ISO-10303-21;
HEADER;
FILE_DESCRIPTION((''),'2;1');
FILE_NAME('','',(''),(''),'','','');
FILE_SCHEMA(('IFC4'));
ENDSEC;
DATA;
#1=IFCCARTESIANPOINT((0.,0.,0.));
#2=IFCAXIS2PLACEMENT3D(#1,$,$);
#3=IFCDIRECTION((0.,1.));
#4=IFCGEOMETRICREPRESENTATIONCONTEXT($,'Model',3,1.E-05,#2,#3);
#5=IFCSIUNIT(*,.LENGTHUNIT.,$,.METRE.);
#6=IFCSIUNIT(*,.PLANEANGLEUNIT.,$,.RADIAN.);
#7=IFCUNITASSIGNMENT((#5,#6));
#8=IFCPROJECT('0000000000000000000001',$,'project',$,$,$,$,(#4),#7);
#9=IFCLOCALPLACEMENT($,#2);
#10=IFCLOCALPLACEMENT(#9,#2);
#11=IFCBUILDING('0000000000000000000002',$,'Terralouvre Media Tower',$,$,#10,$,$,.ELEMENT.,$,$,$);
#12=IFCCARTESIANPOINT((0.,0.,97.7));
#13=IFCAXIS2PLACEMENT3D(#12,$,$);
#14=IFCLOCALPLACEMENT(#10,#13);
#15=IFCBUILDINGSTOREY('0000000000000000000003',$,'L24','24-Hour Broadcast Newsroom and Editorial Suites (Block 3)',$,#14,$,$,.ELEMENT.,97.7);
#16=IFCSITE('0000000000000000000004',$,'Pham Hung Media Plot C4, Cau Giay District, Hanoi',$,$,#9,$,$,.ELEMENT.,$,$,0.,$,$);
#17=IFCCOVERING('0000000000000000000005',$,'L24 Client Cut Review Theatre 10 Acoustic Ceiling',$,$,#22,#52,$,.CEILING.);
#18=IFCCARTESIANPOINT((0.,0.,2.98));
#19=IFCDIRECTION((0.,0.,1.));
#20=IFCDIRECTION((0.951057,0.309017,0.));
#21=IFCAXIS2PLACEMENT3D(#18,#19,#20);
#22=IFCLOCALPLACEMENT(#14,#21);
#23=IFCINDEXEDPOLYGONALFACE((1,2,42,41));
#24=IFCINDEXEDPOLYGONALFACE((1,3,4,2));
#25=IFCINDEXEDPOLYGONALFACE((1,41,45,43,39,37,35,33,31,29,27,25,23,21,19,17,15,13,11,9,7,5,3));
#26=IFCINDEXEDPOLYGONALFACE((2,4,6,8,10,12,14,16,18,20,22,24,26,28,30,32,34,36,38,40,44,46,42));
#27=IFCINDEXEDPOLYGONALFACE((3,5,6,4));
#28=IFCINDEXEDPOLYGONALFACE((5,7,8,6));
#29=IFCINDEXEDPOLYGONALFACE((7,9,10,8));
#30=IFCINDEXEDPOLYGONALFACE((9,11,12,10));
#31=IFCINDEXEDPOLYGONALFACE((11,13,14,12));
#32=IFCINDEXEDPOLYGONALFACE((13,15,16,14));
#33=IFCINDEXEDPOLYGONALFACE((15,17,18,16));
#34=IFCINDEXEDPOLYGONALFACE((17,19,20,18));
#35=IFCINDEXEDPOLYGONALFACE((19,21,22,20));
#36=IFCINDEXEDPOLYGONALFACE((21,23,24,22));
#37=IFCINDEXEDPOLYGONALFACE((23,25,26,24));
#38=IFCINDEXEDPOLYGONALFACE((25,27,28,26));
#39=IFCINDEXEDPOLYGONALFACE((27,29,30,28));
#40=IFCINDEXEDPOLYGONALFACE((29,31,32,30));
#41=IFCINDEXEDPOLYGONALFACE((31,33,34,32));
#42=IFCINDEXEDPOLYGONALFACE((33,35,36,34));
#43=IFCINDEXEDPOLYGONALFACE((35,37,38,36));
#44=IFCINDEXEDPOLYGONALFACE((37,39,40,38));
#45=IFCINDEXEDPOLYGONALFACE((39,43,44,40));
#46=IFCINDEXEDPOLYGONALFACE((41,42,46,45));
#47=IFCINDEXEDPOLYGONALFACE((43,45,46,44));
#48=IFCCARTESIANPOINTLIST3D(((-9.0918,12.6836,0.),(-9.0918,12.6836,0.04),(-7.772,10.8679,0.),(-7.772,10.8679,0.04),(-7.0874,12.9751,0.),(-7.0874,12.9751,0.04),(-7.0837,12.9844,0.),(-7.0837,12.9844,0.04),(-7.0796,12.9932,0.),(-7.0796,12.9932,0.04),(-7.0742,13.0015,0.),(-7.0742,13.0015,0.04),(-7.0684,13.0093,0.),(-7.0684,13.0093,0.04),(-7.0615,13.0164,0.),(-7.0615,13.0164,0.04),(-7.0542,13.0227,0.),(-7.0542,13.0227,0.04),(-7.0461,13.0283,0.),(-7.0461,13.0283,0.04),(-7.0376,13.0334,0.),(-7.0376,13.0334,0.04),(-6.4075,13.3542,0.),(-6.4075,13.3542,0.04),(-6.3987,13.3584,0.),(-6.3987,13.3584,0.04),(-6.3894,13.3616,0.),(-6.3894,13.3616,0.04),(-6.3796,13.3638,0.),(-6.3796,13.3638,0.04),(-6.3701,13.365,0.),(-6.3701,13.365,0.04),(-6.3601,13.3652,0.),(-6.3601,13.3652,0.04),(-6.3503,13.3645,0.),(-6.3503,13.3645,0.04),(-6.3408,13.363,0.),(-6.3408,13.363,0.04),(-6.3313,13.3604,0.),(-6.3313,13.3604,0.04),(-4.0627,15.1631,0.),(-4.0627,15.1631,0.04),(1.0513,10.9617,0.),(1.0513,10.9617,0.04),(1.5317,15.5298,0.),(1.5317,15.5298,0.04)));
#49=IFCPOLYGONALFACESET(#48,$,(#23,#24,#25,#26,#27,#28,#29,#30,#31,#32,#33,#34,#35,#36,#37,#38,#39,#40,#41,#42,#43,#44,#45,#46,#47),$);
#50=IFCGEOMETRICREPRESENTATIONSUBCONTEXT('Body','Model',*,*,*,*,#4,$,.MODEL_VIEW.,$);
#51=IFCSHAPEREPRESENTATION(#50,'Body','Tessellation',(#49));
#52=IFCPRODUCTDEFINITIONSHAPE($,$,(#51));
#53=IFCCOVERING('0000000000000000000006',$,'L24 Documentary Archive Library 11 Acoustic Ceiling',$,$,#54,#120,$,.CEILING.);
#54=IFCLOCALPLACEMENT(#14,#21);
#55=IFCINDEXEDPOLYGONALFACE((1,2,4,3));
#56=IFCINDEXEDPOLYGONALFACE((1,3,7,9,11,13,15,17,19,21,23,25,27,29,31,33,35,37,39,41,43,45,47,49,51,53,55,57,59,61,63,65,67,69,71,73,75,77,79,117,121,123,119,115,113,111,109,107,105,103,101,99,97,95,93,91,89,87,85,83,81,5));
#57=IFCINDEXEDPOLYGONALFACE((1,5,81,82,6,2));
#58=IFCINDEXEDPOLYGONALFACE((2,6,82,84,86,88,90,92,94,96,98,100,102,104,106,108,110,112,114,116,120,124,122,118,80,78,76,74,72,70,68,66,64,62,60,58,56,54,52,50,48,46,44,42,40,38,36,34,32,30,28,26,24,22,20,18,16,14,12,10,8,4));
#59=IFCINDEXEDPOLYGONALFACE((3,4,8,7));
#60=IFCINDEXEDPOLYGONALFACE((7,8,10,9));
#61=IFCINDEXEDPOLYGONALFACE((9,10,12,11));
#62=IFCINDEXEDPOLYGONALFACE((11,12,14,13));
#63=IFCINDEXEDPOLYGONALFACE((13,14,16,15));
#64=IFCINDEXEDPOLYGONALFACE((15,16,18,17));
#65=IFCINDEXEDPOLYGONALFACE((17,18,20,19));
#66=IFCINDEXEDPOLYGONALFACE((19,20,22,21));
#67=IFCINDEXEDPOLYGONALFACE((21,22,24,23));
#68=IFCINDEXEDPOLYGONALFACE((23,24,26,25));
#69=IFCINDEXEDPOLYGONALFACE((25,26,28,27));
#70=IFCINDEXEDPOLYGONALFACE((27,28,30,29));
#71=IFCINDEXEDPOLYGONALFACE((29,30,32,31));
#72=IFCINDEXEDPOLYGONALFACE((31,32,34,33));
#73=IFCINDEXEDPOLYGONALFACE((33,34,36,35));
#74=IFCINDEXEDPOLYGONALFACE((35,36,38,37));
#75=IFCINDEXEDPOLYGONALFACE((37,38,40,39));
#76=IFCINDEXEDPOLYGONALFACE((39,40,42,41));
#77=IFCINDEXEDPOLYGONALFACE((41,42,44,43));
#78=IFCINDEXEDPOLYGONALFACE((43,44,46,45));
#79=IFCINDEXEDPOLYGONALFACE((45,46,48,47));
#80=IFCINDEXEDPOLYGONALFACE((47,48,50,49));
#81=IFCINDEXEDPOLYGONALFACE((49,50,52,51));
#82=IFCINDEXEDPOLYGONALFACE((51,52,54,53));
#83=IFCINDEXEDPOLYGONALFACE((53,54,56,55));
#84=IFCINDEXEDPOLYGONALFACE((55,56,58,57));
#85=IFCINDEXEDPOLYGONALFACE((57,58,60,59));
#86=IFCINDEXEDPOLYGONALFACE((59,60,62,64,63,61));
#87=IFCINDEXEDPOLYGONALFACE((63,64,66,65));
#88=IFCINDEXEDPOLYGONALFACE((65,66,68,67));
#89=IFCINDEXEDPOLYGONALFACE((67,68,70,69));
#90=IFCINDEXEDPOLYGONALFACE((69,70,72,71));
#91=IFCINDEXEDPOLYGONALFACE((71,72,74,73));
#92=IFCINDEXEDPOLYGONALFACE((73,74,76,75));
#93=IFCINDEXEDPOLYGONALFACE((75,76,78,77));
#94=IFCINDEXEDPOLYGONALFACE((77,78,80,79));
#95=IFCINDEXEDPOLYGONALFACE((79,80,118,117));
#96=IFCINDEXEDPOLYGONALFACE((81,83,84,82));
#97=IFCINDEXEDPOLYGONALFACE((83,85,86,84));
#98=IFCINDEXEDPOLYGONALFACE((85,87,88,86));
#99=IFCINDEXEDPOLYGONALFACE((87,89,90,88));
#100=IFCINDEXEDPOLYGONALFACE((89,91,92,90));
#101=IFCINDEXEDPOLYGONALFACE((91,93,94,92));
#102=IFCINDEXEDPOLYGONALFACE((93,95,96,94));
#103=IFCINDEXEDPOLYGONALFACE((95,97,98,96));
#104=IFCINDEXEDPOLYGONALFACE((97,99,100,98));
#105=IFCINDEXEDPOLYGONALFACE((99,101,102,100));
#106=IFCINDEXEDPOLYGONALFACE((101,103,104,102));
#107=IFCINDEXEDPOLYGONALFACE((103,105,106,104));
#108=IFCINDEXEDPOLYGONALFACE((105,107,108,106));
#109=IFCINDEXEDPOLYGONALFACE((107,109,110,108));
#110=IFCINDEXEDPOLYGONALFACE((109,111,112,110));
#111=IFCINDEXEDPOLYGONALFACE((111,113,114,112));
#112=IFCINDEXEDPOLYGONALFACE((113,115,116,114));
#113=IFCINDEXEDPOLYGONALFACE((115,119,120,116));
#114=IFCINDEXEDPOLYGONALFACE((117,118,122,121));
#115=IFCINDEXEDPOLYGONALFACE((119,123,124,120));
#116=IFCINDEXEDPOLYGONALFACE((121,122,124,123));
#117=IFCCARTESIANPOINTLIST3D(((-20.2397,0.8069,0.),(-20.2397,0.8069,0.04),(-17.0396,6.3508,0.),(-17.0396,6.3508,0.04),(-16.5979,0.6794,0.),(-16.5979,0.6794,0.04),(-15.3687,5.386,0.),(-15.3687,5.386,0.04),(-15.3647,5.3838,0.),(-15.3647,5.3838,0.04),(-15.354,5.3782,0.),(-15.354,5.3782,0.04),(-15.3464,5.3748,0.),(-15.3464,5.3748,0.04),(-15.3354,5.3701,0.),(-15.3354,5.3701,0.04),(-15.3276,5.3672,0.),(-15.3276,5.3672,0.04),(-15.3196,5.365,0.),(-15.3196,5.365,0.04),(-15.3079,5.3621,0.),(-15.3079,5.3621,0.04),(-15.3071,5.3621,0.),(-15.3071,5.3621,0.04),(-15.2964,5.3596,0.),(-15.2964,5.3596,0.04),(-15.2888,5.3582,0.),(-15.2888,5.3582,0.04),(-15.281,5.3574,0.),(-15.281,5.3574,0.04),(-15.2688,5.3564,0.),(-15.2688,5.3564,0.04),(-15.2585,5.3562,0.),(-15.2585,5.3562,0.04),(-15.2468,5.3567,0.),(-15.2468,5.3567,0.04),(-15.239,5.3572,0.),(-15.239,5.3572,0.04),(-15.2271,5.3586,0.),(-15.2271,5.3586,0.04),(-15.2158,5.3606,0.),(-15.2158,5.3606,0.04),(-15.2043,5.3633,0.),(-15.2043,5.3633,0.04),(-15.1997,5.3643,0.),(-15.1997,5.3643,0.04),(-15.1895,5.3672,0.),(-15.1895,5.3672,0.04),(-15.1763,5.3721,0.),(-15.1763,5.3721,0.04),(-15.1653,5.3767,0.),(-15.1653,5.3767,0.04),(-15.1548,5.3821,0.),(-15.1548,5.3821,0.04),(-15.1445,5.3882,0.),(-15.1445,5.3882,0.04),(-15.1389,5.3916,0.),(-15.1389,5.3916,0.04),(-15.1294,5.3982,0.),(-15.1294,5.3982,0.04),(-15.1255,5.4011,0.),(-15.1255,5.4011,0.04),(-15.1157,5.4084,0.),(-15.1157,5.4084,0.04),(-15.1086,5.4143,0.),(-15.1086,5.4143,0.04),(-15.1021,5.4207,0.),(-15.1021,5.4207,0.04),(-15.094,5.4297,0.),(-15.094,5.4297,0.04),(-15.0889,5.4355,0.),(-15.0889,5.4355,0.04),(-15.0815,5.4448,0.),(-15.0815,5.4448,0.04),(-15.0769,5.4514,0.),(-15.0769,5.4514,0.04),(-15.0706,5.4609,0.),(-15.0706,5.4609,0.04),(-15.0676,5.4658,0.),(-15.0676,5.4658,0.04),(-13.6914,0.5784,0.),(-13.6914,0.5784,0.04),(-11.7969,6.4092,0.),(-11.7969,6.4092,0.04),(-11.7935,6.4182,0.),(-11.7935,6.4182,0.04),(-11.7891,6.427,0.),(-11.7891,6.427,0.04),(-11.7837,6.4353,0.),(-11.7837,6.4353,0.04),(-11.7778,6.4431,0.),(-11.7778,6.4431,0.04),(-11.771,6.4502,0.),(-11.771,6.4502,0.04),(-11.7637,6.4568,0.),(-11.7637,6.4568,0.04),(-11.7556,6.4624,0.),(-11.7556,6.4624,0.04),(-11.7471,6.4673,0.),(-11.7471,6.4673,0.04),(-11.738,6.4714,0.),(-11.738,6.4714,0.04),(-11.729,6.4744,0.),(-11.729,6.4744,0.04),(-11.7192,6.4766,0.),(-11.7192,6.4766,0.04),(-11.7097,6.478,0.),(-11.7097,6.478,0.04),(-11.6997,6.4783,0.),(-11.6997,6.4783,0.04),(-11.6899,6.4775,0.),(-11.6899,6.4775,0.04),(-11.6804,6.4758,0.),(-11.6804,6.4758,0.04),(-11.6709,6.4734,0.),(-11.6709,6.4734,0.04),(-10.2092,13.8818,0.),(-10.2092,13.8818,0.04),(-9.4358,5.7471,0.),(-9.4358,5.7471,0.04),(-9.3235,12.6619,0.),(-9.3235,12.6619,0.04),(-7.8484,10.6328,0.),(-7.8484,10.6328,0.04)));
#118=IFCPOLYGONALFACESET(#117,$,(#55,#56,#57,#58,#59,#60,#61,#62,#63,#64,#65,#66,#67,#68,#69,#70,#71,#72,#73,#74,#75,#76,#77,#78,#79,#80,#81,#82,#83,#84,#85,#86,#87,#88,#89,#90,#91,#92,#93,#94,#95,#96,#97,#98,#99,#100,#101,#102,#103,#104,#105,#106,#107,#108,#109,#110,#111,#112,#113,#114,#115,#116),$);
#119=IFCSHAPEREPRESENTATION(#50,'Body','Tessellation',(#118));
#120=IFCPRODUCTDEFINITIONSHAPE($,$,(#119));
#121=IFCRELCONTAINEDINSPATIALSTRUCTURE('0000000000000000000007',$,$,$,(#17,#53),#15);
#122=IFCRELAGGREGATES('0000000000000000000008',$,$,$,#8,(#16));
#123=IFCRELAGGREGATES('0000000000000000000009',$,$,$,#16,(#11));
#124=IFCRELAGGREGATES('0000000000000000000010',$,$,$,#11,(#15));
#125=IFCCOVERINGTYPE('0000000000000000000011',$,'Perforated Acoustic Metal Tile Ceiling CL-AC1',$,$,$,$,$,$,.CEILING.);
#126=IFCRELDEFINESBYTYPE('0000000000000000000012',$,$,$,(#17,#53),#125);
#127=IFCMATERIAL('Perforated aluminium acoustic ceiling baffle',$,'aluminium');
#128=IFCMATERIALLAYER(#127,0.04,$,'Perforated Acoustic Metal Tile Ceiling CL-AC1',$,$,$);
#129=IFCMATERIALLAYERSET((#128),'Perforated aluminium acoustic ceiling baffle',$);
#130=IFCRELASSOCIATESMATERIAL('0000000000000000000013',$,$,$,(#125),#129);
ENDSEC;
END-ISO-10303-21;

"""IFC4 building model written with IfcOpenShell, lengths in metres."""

from ifc_helpers import new_model, si_unit, direction, frame, origin, place, context, subcontext, project, spatial, polyline, outline, extrude, material, layer, layer_set, type_object, element, save


model = new_model("IFC4")

# Units and contexts
model_context = context("Model", 3, precision=1e-05, world=origin(), true_north=direction((0.0, 1.0)))
body_context = subcontext(model_context, "Body", "Model", "MODEL_VIEW")
ifc_project = project(units=[si_unit("LENGTHUNIT", "METRE"), si_unit("PLANEANGLEUNIT", "RADIAN")], contexts=[model_context])

# Site, building, storey
site_placement = place(None, origin())
site = spatial("IfcSite", under=ifc_project, at=site_placement, Name="Pham Hung Media Plot C4, Cau Giay District, Hanoi", CompositionType="ELEMENT", RefElevation=0.0)
building_placement = place(site_placement, origin())
building = spatial("IfcBuilding", under=site, at=building_placement, Name="Terralouvre Media Tower", CompositionType="ELEMENT")
storey_placement = place(building_placement, frame((0.0, 0.0, 97.7)))
storey = spatial("IfcBuildingStorey", under=building, at=storey_placement, Name="L24", Description="24-Hour Broadcast Newsroom and Editorial Suites (Block 3)", CompositionType="ELEMENT", Elevation=97.7)

# Coverings
ifc_material_1 = material(Name="Perforated aluminium acoustic ceiling baffle", Category="aluminium")
ifc_layer_1 = layer(ifc_material_1, 0.04, Name="Perforated Acoustic Metal Tile Ceiling CL-AC1")
ifc_layer_set_1 = layer_set([ifc_layer_1], Name="Perforated aluminium acoustic ceiling baffle")
covering_type_1 = type_object("IfcCoveringType", Name="Perforated Acoustic Metal Tile Ceiling CL-AC1", PredefinedType="CEILING", material=ifc_layer_set_1)
covering_1_placement = place(storey_placement, frame((0.0, 0.0, 2.98), z_axis=(0.0, 0.0, 1.0), x_axis=(0.951057, 0.309017, 0.0)))
element("IfcCovering", 1, at=covering_1_placement, inside=storey, type_object=covering_type_1, Name="L24 Client Cut Review Theatre 10 Acoustic Ceiling", PredefinedType="CEILING", context=body_context, shape_type="SweptSolid", body=[
    extrude(outline(polyline([(-4.0627, 15.1631), (-9.0918, 12.6836), (-7.772, 10.8679), (-7.0874, 12.9751), (-7.0837, 12.9844), (-7.0796, 12.9932), (-7.0742, 13.0015), (-7.0684, 13.0093), (-7.0615, 13.0164), (-7.0542, 13.0227), (-7.0461, 13.0283), (-7.0376, 13.0334), (-6.4075, 13.3542), (-6.3987, 13.3584), (-6.3894, 13.3616), (-6.3796, 13.3638), (-6.3701, 13.365), (-6.3601, 13.3652), (-6.3503, 13.3645), (-6.3408, 13.363), (-6.3313, 13.3604), (1.0513, 10.9617), (1.5317, 15.5298), (-4.0627, 15.1631)])), origin(), (0.0, 0.0, 1.0), 0.04),
])
covering_2_placement = place(storey_placement, frame((0.0, 0.0, 2.98), z_axis=(0.0, 0.0, 1.0), x_axis=(0.951057, 0.309017, 0.0)))
element("IfcCovering", 2, at=covering_2_placement, inside=storey, type_object=covering_type_1, Name="L24 Documentary Archive Library 11 Acoustic Ceiling", PredefinedType="CEILING", context=body_context, shape_type="SweptSolid", body=[
    extrude(outline(polyline([(-13.6914, 0.5784), (-11.7969, 6.4092), (-11.7935, 6.4182), (-11.7891, 6.427), (-11.7837, 6.4353), (-11.7778, 6.4431), (-11.771, 6.4502), (-11.7637, 6.4568), (-11.7556, 6.4624), (-11.7471, 6.4673), (-11.738, 6.4714), (-11.729, 6.4744), (-11.7192, 6.4766), (-11.7097, 6.478), (-11.6997, 6.4783), (-11.6899, 6.4775), (-11.6804, 6.4758), (-11.6709, 6.4734), (-9.4358, 5.7471), (-7.8484, 10.6328), (-9.3235, 12.6619), (-10.2092, 13.8818), (-15.0676, 5.4658), (-15.0706, 5.4609), (-15.0769, 5.4514), (-15.0815, 5.4448), (-15.0889, 5.4355), (-15.094, 5.4297), (-15.1021, 5.4207), (-15.1086, 5.4143), (-15.1157, 5.4084), (-15.1255, 5.4011), (-15.1294, 5.3982), (-15.1389, 5.3916), (-15.1445, 5.3882), (-15.1548, 5.3821), (-15.1653, 5.3767), (-15.1763, 5.3721), (-15.1895, 5.3672), (-15.1997, 5.3643), (-15.2043, 5.3633), (-15.2158, 5.3606), (-15.2271, 5.3586), (-15.239, 5.3572), (-15.2468, 5.3567), (-15.2585, 5.3562), (-15.2688, 5.3564), (-15.281, 5.3574), (-15.2888, 5.3582), (-15.2964, 5.3596), (-15.3071, 5.3621), (-15.3079, 5.3621), (-15.3196, 5.365), (-15.3276, 5.3672), (-15.3354, 5.3701), (-15.3464, 5.3748), (-15.354, 5.3782), (-15.3647, 5.3838), (-15.3687, 5.386), (-17.0396, 6.3508), (-20.2397, 0.8069), (-16.5979, 0.6794), (-13.6914, 0.5784)])), origin(), (0.0, 0.0, 1.0), 0.04),
])

save(model, "model.ifc")
